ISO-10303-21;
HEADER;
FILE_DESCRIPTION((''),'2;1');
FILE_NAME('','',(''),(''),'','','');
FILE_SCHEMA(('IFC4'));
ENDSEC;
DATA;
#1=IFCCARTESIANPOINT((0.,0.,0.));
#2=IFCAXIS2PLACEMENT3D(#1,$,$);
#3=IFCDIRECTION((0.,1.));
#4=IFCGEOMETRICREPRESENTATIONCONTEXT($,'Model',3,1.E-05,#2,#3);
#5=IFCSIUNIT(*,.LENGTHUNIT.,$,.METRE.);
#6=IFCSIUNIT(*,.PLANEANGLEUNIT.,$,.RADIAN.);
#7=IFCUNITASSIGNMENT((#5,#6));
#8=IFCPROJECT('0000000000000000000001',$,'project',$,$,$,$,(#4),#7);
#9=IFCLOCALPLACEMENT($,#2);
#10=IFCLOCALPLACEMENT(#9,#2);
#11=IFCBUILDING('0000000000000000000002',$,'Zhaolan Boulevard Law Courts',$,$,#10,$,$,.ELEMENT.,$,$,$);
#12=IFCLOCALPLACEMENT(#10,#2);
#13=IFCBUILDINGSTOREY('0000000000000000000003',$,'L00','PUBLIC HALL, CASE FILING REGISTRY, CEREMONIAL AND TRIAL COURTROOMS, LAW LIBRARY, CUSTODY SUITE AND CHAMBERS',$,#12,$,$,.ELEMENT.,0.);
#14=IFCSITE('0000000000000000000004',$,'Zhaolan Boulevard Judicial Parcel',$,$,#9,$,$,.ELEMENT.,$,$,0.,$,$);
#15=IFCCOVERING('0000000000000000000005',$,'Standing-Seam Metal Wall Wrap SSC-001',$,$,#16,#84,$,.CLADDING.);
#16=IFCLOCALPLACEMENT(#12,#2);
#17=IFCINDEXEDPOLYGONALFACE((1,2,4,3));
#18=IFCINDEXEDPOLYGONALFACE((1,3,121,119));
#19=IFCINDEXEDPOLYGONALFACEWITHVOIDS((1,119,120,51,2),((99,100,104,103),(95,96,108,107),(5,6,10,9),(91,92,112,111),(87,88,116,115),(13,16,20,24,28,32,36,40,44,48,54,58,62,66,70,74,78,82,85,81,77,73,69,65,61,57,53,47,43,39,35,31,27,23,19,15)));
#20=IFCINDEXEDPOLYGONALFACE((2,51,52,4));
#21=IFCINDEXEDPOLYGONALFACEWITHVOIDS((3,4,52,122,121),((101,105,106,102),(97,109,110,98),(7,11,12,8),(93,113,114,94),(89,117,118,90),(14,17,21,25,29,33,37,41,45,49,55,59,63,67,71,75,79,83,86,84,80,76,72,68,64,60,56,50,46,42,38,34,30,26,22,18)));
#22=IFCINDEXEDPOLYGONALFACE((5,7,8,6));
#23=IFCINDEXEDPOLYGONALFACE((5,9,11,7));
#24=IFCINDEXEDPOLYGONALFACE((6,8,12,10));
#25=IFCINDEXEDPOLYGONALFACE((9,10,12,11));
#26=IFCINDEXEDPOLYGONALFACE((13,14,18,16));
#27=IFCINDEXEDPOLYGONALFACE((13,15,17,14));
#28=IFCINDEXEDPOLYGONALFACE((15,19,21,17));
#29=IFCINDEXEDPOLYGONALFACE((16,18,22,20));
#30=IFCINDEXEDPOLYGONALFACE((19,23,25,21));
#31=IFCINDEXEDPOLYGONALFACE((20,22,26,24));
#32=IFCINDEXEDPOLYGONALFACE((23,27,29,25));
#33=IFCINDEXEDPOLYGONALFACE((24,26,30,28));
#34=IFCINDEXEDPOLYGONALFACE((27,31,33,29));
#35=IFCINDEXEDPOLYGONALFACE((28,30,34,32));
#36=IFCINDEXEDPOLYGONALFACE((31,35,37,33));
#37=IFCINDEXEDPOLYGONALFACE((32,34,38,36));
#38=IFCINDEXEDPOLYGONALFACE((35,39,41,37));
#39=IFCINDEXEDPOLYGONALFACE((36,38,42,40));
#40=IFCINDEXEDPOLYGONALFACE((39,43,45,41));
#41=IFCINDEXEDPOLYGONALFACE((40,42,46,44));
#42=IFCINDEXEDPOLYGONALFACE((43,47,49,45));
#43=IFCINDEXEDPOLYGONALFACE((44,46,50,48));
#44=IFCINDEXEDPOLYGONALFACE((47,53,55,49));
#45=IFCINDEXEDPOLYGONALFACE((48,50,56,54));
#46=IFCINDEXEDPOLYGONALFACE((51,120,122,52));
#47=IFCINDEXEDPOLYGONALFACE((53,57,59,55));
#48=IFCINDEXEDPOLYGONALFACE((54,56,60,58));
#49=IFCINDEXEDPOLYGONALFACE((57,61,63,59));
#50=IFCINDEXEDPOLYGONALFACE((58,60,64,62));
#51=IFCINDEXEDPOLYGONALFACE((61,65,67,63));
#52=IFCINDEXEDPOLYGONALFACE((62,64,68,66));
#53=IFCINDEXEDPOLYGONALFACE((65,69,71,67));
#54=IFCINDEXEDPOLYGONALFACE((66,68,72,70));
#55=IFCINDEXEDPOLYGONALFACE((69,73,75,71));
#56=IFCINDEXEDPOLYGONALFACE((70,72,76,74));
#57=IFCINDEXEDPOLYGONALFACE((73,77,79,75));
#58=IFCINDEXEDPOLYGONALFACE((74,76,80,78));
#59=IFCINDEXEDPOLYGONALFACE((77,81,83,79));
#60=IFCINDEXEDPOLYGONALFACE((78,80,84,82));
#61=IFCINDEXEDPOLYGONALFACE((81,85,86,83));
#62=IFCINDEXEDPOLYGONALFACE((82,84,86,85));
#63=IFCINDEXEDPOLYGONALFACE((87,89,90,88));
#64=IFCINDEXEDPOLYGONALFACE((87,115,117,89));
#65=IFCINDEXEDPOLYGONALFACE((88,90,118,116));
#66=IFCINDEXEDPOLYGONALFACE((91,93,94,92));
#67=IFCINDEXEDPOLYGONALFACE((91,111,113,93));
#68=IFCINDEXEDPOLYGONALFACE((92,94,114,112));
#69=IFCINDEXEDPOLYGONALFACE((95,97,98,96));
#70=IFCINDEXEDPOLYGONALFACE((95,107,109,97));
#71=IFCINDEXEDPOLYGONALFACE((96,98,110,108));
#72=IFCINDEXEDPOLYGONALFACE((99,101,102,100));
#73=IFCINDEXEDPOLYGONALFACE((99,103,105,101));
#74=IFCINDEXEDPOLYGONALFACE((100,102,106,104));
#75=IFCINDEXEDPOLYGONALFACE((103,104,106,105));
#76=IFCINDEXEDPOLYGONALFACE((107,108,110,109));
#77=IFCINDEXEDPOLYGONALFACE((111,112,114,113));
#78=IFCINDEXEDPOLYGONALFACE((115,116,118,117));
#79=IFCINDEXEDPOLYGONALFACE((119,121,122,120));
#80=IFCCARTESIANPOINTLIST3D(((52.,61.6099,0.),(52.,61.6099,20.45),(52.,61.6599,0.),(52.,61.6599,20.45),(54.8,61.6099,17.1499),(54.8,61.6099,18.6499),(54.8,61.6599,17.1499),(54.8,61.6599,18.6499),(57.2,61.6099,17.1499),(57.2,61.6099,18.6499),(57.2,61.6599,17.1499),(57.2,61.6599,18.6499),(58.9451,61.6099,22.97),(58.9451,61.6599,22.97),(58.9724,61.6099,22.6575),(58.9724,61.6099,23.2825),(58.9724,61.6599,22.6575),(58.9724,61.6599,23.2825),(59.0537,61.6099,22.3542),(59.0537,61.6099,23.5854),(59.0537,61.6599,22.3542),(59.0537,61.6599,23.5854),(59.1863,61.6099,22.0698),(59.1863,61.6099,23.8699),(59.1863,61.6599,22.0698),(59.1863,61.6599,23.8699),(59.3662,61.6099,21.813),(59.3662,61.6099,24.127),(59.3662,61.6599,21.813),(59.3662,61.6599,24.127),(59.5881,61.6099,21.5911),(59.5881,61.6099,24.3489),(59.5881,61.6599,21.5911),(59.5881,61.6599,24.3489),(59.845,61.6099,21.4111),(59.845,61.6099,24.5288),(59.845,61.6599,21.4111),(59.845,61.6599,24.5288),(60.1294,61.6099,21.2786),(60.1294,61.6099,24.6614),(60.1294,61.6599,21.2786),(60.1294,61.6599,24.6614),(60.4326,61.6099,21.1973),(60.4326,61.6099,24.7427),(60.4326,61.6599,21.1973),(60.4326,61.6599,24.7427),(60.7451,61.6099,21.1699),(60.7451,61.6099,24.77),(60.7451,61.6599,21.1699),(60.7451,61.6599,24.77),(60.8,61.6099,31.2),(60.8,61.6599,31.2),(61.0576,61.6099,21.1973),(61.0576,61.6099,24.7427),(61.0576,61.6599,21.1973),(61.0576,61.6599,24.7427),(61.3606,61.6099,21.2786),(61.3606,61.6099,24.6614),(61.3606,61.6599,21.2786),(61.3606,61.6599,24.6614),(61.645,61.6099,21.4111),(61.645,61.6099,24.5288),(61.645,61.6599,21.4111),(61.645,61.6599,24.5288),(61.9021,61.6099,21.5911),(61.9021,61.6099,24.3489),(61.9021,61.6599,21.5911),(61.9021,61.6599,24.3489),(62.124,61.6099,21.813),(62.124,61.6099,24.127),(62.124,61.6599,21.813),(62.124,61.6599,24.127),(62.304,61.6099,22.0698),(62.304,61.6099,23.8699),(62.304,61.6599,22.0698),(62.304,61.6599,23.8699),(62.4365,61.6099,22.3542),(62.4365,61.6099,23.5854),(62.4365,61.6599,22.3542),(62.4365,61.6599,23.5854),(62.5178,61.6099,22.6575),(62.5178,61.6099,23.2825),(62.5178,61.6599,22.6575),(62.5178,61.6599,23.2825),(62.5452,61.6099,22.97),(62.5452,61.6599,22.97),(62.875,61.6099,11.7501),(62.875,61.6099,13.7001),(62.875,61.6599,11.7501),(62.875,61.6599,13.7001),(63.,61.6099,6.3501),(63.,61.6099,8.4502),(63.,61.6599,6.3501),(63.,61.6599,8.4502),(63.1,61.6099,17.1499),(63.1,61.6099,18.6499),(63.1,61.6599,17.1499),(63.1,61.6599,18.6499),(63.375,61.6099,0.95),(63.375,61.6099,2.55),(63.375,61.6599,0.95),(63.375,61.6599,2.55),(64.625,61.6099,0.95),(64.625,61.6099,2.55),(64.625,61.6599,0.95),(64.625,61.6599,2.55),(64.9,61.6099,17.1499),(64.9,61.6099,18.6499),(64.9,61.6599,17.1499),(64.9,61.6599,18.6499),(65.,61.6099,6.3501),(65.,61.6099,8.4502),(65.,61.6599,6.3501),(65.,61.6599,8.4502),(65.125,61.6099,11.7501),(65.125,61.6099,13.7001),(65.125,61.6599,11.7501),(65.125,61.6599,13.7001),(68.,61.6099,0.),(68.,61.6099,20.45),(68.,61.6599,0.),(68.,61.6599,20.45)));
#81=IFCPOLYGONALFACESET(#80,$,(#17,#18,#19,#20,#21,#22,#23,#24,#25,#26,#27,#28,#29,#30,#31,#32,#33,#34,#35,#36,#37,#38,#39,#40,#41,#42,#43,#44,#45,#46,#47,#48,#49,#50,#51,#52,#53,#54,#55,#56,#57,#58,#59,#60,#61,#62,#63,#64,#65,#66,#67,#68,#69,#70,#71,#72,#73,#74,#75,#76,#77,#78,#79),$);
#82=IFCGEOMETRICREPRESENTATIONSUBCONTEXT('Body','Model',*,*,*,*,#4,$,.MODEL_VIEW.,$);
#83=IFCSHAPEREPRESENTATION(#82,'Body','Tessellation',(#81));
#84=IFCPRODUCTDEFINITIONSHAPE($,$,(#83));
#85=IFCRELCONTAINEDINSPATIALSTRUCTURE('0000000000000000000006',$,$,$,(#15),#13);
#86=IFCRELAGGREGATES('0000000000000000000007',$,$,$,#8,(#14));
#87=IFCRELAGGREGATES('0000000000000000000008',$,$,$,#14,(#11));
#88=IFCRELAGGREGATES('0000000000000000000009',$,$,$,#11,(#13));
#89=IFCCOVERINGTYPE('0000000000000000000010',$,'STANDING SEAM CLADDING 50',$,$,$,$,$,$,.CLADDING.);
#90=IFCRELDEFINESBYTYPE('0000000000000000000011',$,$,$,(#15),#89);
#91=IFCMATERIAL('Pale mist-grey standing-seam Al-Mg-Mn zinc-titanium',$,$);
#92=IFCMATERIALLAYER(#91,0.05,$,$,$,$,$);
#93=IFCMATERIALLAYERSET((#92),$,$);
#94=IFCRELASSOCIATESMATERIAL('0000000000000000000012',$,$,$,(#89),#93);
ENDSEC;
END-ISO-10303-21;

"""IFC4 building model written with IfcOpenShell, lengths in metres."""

from ifc_helpers import new_model, si_unit, direction, frame, frame_2d, origin, place, context, subcontext, project, spatial, polyline, rectangle, outline, extrude, material, layer, layer_set, type_object, element, save


model = new_model("IFC4")

# Units and contexts
model_context = context("Model", 3, precision=1e-05, world=origin(), true_north=direction((0.0, 1.0)))
body_context = subcontext(model_context, "Body", "Model", "MODEL_VIEW")
ifc_project = project(units=[si_unit("LENGTHUNIT", "METRE"), si_unit("PLANEANGLEUNIT", "RADIAN")], contexts=[model_context])

# Site, building, storey
site_placement = place(None, origin())
site = spatial("IfcSite", under=ifc_project, at=site_placement, Name="Zhaolan Boulevard Judicial Parcel", CompositionType="ELEMENT", RefElevation=0.0)
building_placement = place(site_placement, origin())
building = spatial("IfcBuilding", under=site, at=building_placement, Name="Zhaolan Boulevard Law Courts", CompositionType="ELEMENT")
storey_placement = place(building_placement, origin())
storey = spatial("IfcBuildingStorey", under=building, at=storey_placement, Name="L00", Description="PUBLIC HALL, CASE FILING REGISTRY, CEREMONIAL AND TRIAL COURTROOMS, LAW LIBRARY, CUSTODY SUITE AND CHAMBERS", CompositionType="ELEMENT", Elevation=0.0)

# Covering, openings
ifc_material_1 = material(Name="Pale mist-grey standing-seam Al-Mg-Mn zinc-titanium")
ifc_layer_1 = layer(ifc_material_1, 0.05)
ifc_layer_set_1 = layer_set([ifc_layer_1])
covering_type = type_object("IfcCoveringType", Name="STANDING SEAM CLADDING 50", PredefinedType="CLADDING", material=ifc_layer_set_1)
covering_placement = place(storey_placement, frame((52.0, 61.635, 0.0), z_axis=(0.0, 0.0, 1.0), x_axis=(1.0, 0.0, 0.0)))
covering = element("IfcCovering", 1, at=covering_placement, inside=storey, type_object=covering_type, Name="Standing-Seam Metal Wall Wrap SSC-001", PredefinedType="CLADDING", context=body_context, shape_type="SweptSolid", body=[
    extrude(outline(polyline([(0.0, 0.0), (16.0, 0.0), (16.0, 20.45), (8.8, 31.2), (0.0, 20.45), (0.0, 0.0)])), frame((0.0, 0.0249, 0.0), z_axis=(0.0, -1.0, 0.0), x_axis=(1.0, 0.0, 0.0)), (0.0, 0.0, 1.0), 0.05),
])
opening_1_placement = place(storey_placement, frame((63.375, 61.635, 0.95), z_axis=(0.0, 0.0, 1.0), x_axis=(1.0, 0.0, 0.0)))
element("IfcOpeningElement", 2, at=opening_1_placement, cuts=covering, PredefinedType="OPENING", context=body_context, shape_type="SweptSolid", body=[
    extrude(rectangle(XDim=1.25, YDim=1.6001, at=frame_2d((0.625, 0.8))), frame((0.0, 0.1499, 0.0), z_axis=(0.0, -1.0, 0.0), x_axis=(1.0, 0.0, 0.0)), (0.0, 0.0, 1.0), 0.3),
])
opening_2_placement = place(storey_placement, frame((63.0, 61.635, 6.3501), z_axis=(0.0, 0.0, 1.0), x_axis=(1.0, 0.0, 0.0)))
element("IfcOpeningElement", 3, at=opening_2_placement, cuts=covering, PredefinedType="OPENING", context=body_context, shape_type="SweptSolid", body=[
    extrude(rectangle(XDim=2.0, YDim=2.1001, at=frame_2d((1.0, 1.05))), frame((0.0, 0.1499, 0.0), z_axis=(0.0, -1.0, 0.0), x_axis=(1.0, 0.0, 0.0)), (0.0, 0.0, 1.0), 0.3),
])
opening_3_placement = place(storey_placement, frame((62.875, 61.635, 11.75), z_axis=(0.0, 0.0, 1.0), x_axis=(1.0, 0.0, 0.0)))
element("IfcOpeningElement", 4, at=opening_3_placement, cuts=covering, PredefinedType="OPENING", context=body_context, shape_type="SweptSolid", body=[
    extrude(rectangle(XDim=2.25, YDim=1.95, at=frame_2d((1.125, 0.9751))), frame((0.0, 0.1499, 0.0), z_axis=(0.0, -1.0, 0.0), x_axis=(1.0, 0.0, 0.0)), (0.0, 0.0, 1.0), 0.3),
])
opening_4_placement = place(storey_placement, frame((54.8, 61.635, 17.1499), z_axis=(0.0, 0.0, 1.0), x_axis=(1.0, 0.0, 0.0)))
element("IfcOpeningElement", 5, at=opening_4_placement, cuts=covering, PredefinedType="OPENING", context=body_context, shape_type="SweptSolid", body=[
    extrude(rectangle(XDim=2.3999, YDim=1.5, at=frame_2d((1.2, 0.75))), frame((0.0, 0.1499, 0.0), z_axis=(0.0, -1.0, 0.0), x_axis=(1.0, 0.0, 0.0)), (0.0, 0.0, 1.0), 0.3),
])
opening_5_placement = place(storey_placement, frame((63.1001, 61.635, 17.1499), z_axis=(0.0, 0.0, 1.0), x_axis=(1.0, 0.0, 0.0)))
element("IfcOpeningElement", 6, at=opening_5_placement, cuts=covering, PredefinedType="OPENING", context=body_context, shape_type="SweptSolid", body=[
    extrude(rectangle(XDim=1.8, YDim=1.5, at=frame_2d((0.8999, 0.75))), frame((0.0, 0.1499, 0.0), z_axis=(0.0, -1.0, 0.0), x_axis=(1.0, 0.0, 0.0)), (0.0, 0.0, 1.0), 0.3),
])
opening_6_placement = place(storey_placement, frame((58.9451, 61.635, 21.1699), z_axis=(0.0, 0.0, 1.0), x_axis=(1.0, 0.0, 0.0)))
element("IfcOpeningElement", 7, at=opening_6_placement, cuts=covering, PredefinedType="OPENING", context=body_context, shape_type="SweptSolid", body=[
    extrude(outline(polyline([(3.6001, 1.8), (3.5728, 2.1125), (3.4915, 2.4155), (3.3589, 2.7), (3.179, 2.957), (2.957, 3.179), (2.7, 3.3589), (2.4155, 3.4915), (2.1125, 3.5728), (1.8, 3.6001), (1.4875, 3.5728), (1.1843, 3.4915), (0.8999, 3.3589), (0.6431, 3.179), (0.4211, 2.957), (0.2412, 2.7), (0.1086, 2.4155), (0.0273, 2.1125), (0.0, 1.8), (0.0273, 1.4875), (0.1086, 1.1843), (0.2412, 0.8999), (0.4211, 0.6431), (0.6431, 0.4211), (0.8999, 0.2412), (1.1843, 0.1086), (1.4875, 0.0273), (1.8, 0.0), (2.1125, 0.0273), (2.4155, 0.1086), (2.7, 0.2412), (2.957, 0.4211), (3.179, 0.6431), (3.3589, 0.8999), (3.4915, 1.1843), (3.5728, 1.4875), (3.6001, 1.8)])), frame((0.0, 0.1499, 0.0), z_axis=(0.0, -1.0, 0.0), x_axis=(1.0, 0.0, 0.0)), (0.0, 0.0, 1.0), 0.3),
])

save(model, "model.ifc")
